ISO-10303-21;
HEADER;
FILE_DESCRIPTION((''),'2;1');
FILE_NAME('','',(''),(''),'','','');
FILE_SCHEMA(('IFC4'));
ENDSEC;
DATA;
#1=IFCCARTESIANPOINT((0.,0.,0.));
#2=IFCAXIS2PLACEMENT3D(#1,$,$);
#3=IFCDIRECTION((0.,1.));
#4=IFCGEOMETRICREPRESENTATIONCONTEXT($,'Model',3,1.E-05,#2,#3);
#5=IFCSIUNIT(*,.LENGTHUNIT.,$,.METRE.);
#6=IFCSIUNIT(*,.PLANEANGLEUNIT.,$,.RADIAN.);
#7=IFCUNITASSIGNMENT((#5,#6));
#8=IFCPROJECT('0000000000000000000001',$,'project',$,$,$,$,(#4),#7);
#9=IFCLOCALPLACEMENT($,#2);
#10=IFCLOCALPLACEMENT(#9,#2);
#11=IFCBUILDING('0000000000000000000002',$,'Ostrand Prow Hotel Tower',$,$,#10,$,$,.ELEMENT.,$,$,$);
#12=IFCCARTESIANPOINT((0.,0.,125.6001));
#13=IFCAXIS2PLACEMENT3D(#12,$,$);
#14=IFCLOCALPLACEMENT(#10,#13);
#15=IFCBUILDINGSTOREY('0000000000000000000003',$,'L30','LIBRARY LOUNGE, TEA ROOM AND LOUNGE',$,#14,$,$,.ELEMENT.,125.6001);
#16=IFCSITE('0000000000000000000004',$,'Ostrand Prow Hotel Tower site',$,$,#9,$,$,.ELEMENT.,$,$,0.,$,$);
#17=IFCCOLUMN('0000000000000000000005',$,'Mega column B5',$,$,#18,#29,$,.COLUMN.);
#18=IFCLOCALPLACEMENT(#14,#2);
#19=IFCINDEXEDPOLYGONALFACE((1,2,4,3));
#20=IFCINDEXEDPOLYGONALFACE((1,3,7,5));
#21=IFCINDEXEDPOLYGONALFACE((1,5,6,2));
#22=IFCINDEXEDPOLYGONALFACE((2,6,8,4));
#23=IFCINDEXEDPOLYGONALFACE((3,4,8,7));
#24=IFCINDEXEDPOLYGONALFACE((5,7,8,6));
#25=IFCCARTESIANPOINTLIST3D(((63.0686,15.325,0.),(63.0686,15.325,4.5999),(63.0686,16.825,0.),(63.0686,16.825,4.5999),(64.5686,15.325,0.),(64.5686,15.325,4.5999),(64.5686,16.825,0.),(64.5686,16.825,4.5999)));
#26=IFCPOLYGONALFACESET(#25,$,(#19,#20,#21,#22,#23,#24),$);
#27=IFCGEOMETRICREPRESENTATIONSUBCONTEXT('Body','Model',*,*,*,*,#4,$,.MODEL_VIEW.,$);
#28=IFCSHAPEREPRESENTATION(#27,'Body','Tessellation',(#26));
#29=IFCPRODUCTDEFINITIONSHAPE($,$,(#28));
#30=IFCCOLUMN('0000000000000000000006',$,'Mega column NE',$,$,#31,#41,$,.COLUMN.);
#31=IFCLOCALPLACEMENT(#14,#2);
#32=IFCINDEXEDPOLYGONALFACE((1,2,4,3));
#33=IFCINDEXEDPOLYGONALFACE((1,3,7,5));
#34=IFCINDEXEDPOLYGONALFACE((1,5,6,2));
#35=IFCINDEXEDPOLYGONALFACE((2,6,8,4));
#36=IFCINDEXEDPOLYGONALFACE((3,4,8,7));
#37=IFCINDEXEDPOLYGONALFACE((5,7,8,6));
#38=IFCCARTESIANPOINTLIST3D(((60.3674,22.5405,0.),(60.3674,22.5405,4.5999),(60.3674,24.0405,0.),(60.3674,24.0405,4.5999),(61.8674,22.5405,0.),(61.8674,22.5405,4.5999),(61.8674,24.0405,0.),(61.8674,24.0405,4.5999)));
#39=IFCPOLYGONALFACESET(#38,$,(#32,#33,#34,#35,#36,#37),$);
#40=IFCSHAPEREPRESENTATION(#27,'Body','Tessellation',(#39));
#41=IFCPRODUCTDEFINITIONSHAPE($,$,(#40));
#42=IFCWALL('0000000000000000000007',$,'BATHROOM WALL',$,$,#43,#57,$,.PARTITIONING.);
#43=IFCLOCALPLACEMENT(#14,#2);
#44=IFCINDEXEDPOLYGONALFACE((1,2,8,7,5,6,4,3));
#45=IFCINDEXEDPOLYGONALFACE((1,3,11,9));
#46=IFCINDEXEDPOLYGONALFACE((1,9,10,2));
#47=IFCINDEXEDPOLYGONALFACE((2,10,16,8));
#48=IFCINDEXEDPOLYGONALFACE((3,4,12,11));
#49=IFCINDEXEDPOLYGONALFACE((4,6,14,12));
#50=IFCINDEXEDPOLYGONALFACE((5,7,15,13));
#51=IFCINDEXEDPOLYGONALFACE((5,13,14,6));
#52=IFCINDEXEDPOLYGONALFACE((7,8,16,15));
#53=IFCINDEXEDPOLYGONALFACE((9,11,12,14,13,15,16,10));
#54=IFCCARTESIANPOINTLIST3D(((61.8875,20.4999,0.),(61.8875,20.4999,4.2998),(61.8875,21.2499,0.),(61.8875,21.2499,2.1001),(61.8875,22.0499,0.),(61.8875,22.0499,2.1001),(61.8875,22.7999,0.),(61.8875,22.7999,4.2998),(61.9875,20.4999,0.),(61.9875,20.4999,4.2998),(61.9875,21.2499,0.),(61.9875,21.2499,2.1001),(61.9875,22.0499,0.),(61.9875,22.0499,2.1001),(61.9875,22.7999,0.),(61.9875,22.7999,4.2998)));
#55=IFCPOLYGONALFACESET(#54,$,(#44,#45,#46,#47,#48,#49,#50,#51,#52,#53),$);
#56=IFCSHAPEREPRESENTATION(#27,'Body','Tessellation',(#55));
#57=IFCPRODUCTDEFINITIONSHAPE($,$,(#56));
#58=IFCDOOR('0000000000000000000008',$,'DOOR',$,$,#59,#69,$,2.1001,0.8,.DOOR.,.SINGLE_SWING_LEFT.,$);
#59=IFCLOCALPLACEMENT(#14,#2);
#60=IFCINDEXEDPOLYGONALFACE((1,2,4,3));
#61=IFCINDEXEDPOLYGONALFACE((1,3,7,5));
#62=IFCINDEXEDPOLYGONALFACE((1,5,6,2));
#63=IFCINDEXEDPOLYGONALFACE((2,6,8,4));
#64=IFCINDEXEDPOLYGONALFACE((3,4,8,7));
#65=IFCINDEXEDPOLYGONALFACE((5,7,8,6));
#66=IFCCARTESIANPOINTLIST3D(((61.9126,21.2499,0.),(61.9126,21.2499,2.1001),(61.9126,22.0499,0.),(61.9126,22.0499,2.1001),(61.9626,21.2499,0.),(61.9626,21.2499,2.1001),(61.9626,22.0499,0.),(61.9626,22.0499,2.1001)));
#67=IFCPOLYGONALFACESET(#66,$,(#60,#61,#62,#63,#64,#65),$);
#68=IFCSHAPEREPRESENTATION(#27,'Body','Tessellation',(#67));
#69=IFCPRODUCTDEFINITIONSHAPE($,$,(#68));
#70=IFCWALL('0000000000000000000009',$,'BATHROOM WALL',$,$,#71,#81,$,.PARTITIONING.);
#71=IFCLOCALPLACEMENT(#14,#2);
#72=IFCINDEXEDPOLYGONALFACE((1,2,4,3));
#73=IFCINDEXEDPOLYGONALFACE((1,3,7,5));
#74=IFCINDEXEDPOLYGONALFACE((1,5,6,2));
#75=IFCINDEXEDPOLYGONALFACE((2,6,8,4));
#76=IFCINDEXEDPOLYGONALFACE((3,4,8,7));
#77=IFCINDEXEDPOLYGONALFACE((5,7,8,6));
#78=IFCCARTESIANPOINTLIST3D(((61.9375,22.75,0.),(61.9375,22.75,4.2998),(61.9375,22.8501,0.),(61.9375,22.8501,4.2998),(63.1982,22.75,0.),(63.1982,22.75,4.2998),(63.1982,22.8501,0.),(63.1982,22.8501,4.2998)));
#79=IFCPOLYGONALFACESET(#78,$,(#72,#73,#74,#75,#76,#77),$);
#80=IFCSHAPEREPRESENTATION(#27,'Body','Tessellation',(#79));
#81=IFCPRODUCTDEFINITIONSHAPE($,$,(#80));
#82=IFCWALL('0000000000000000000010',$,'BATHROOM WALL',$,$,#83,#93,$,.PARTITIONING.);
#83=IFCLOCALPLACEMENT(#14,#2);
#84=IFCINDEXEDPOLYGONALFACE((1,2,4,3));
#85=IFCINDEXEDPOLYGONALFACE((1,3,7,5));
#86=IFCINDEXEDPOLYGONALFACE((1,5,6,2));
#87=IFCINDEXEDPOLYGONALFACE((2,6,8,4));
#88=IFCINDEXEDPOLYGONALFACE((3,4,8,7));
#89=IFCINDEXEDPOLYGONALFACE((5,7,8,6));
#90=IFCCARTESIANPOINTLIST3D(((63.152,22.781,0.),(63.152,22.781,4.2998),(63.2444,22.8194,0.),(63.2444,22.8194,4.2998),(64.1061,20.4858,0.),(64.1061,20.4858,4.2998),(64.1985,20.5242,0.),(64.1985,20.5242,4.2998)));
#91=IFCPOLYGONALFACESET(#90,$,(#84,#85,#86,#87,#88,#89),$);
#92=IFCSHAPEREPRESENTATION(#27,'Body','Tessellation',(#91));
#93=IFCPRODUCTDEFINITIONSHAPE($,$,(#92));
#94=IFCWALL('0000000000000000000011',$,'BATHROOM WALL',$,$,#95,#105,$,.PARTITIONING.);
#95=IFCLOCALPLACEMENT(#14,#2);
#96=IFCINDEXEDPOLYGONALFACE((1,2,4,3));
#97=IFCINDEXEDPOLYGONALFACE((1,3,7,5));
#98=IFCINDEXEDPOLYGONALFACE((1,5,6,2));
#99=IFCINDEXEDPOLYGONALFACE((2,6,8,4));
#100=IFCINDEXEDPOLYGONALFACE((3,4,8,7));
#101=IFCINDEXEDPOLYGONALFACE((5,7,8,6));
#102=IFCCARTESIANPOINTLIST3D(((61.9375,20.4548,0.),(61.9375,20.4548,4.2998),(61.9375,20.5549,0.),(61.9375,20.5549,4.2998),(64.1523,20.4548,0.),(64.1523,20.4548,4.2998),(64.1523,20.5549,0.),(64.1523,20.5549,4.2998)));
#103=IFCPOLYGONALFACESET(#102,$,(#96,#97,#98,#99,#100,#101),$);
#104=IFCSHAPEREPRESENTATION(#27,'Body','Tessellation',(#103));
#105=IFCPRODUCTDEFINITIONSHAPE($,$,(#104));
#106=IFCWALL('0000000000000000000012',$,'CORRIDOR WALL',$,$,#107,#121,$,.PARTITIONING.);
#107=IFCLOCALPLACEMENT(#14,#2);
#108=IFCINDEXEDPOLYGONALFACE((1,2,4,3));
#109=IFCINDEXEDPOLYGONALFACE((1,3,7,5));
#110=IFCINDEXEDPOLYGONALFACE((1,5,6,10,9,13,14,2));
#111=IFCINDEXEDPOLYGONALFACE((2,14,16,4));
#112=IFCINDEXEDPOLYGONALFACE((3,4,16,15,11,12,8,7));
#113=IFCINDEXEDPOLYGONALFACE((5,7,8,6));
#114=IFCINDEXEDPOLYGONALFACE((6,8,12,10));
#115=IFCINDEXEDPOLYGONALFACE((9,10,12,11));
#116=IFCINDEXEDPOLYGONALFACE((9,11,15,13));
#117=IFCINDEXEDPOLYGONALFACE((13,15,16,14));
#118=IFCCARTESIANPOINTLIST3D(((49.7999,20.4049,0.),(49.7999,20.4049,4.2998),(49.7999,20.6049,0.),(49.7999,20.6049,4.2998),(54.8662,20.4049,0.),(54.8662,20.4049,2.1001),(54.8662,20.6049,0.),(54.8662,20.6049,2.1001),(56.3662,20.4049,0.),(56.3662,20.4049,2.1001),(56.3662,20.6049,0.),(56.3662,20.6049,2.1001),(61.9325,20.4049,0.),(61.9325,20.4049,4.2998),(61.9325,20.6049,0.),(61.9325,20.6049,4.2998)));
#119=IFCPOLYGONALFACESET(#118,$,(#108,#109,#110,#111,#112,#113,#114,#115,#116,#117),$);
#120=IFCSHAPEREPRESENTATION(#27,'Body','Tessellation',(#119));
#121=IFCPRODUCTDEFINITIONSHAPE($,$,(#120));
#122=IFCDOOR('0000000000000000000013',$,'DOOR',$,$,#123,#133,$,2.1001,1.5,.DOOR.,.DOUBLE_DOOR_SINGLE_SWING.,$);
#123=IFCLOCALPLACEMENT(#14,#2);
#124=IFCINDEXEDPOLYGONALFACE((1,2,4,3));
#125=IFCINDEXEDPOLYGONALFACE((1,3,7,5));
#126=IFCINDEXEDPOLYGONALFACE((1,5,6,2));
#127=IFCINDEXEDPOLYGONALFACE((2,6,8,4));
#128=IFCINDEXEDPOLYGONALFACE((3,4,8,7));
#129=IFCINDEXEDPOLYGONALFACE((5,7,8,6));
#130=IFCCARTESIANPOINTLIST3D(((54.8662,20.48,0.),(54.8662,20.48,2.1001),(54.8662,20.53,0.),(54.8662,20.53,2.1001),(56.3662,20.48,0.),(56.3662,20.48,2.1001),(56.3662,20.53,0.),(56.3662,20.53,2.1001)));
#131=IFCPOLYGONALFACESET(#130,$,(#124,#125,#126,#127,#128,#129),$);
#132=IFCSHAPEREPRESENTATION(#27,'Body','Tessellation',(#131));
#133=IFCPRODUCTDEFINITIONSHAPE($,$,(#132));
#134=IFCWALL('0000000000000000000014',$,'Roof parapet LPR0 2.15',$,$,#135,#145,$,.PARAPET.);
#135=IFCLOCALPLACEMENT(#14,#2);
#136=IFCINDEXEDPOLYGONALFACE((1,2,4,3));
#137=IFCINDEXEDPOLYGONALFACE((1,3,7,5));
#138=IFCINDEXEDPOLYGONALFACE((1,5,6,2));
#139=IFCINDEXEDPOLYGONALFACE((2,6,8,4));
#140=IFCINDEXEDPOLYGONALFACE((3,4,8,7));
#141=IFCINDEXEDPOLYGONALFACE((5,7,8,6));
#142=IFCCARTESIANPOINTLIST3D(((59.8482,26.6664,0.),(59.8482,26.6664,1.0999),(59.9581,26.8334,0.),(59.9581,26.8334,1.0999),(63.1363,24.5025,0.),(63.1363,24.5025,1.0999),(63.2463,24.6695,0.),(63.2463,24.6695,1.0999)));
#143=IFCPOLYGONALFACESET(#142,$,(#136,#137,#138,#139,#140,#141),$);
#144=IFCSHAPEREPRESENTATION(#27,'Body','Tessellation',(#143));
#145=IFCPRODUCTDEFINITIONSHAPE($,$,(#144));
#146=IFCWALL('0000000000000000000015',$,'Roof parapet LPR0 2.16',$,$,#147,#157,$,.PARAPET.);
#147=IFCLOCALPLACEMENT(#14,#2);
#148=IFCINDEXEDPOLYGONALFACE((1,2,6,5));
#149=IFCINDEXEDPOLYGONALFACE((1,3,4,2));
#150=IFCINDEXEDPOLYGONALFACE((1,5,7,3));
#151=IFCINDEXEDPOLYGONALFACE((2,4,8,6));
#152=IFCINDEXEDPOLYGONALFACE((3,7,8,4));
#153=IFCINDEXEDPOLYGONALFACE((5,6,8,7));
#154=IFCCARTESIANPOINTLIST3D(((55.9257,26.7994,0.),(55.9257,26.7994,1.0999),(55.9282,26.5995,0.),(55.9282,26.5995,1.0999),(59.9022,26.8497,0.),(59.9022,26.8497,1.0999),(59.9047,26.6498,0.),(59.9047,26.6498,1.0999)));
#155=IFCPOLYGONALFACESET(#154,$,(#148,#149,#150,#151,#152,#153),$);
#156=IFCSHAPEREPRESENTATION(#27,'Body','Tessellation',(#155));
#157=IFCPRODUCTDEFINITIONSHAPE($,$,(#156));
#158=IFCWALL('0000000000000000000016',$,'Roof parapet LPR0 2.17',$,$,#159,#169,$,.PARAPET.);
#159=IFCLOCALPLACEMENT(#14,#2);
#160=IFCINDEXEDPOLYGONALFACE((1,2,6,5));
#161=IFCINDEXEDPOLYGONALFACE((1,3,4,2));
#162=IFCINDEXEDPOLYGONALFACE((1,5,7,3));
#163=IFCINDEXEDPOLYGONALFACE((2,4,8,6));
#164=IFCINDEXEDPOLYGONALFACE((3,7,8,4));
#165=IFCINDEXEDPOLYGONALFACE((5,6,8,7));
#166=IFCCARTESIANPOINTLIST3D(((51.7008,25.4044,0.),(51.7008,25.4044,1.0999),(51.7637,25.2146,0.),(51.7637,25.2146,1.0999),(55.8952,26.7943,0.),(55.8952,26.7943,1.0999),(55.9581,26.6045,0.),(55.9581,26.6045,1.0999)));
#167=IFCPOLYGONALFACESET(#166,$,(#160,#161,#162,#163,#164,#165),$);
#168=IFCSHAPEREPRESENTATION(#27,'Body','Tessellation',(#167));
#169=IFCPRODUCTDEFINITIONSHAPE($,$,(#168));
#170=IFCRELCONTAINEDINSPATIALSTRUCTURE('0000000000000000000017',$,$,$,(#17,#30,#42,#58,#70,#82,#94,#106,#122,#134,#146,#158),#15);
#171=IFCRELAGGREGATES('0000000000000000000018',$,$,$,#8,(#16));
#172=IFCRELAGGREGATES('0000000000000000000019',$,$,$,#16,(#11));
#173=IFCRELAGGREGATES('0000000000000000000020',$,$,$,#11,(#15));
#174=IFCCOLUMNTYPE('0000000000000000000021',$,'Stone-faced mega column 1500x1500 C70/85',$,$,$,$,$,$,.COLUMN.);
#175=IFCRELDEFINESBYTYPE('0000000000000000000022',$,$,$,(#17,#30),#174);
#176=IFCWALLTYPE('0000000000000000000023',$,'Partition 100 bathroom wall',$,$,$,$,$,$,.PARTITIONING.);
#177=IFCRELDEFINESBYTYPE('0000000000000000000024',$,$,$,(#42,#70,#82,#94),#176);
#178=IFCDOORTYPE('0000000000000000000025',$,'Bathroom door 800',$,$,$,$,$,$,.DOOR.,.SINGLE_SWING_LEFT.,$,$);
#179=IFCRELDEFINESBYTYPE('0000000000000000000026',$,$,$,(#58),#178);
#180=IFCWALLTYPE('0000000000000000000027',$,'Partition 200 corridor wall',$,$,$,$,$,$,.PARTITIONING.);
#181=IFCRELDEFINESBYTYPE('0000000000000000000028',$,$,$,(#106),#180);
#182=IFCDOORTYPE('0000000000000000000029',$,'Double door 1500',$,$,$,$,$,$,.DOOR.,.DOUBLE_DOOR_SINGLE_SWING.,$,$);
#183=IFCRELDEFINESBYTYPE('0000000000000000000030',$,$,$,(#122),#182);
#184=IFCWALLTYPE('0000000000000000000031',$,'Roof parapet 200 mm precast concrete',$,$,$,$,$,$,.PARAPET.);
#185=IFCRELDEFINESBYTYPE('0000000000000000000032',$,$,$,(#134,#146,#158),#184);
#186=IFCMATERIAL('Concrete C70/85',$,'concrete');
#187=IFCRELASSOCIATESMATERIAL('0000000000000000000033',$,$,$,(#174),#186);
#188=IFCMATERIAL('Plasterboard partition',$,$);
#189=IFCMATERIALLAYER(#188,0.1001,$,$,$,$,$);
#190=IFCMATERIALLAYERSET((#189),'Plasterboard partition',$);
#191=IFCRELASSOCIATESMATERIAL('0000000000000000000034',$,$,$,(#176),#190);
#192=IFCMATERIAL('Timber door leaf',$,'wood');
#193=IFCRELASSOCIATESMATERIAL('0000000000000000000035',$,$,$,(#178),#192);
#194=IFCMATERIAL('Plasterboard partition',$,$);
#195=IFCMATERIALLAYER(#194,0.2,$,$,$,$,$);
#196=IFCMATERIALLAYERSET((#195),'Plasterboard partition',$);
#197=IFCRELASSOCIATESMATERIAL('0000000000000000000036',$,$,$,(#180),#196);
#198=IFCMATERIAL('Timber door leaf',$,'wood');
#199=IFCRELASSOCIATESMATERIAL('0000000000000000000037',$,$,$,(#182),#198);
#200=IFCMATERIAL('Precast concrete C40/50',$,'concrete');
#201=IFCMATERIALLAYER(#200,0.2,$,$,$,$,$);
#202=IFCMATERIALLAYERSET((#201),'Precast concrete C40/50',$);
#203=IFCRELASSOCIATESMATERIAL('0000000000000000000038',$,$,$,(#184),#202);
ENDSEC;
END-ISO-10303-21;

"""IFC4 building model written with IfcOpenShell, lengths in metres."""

from ifc_helpers import new_model, si_unit, direction, frame, frame_2d, origin, origin_2d, place, context, subcontext, project, spatial, rectangle, extrude, material, layer, layer_set, material_profile, profile_set, type_object, element, fill, save


model = new_model("IFC4")

# Units and contexts
model_context = context("Model", 3, precision=1e-05, world=origin(), true_north=direction((0.0, 1.0)))
body_context = subcontext(model_context, "Body", "Model", "MODEL_VIEW")
ifc_project = project(units=[si_unit("LENGTHUNIT", "METRE"), si_unit("PLANEANGLEUNIT", "RADIAN")], contexts=[model_context])

# Site, building, storey
site_placement = place(None, origin())
site = spatial("IfcSite", under=ifc_project, at=site_placement, Name="Ostrand Prow Hotel Tower site", CompositionType="ELEMENT", RefElevation=0.0)
building_placement = place(site_placement, origin())
building = spatial("IfcBuilding", under=site, at=building_placement, Name="Ostrand Prow Hotel Tower", CompositionType="ELEMENT")
storey_placement = place(building_placement, frame((0.0, 0.0, 125.6001)))
storey = spatial("IfcBuildingStorey", under=building, at=storey_placement, Name="L30", Description="LIBRARY LOUNGE, TEA ROOM AND LOUNGE", CompositionType="ELEMENT", Elevation=125.6001)

# Columns
ifc_material_1 = material(Name="Concrete C70/85", Category="concrete")
ifc_material_profile = material_profile(ifc_material_1, rectangle(XDim=1.5, YDim=1.5, at=origin_2d()), Name="RC 1500x1500")
ifc_profile_set = profile_set([ifc_material_profile], Name="Concrete C70/85")
column_type = type_object("IfcColumnType", Name="Stone-faced mega column 1500x1500 C70/85", PredefinedType="COLUMN", material=ifc_profile_set)
for number, where, z_axis, x_axis, name in (
    (1, (63.8186, 16.075, 0.0), (0.0, 0.0, 1.0), (1.0, 0.0, 0.0), "Mega column B5"),
    (2, (61.1174, 23.2905, 0.0), (0.0, 0.0, 1.0), (1.0, 0.0, 0.0), "Mega column NE"),
):
    element("IfcColumn", number, at=place(storey_placement, frame(where, z_axis=z_axis, x_axis=x_axis)), inside=storey, type_object=column_type, Name=name, PredefinedType="COLUMN", context=body_context, shape_type="SweptSolid", body=[
        extrude(rectangle(XDim=1.5, YDim=1.5, at=origin_2d()), origin(), (0.0, 0.0, 1.0), 4.5999),
    ])

# Wall, opening, door
ifc_material_2 = material(Name="Plasterboard partition")
ifc_layer_1 = layer(ifc_material_2, 0.1001)
ifc_layer_set_1 = layer_set([ifc_layer_1], Name="Plasterboard partition")
wall_type_1 = type_object("IfcWallType", Name="Partition 100 bathroom wall", PredefinedType="PARTITIONING", material=ifc_layer_set_1)
wall_1_placement = place(storey_placement, frame((61.9375, 20.5, 0.0), z_axis=(0.0, 0.0, 1.0), x_axis=(0.0, 1.0, 0.0)))
wall_1 = element("IfcWall", 3, at=wall_1_placement, inside=storey, type_object=wall_type_1, Name="BATHROOM WALL", PredefinedType="PARTITIONING", context=body_context, shape_type="SweptSolid", body=[
    extrude(rectangle(XDim=2.3, YDim=0.1001, at=frame_2d((1.1499, 0.0))), origin(), (0.0, 0.0, 1.0), 4.2998),
])
opening_1_placement = place(wall_1_placement, frame((0.75, 0.0, 0.0)))
opening_1 = element("IfcOpeningElement", 4, at=opening_1_placement, cuts=wall_1, PredefinedType="OPENING", context=body_context, shape_type="SweptSolid", body=[
    extrude(rectangle(XDim=0.8, YDim=2.1001, at=frame_2d((0.3999, 1.05))), frame((0.0, 0.0601, 0.0), z_axis=(0.0, -1.0, 0.0), x_axis=(1.0, 0.0, 0.0)), (0.0, 0.0, 1.0), 0.1201),
])
ifc_material_3 = material(Name="Timber door leaf", Category="wood")
door_type_1 = type_object("IfcDoorType", Name="Bathroom door 800", OperationType="SINGLE_SWING_LEFT", PredefinedType="DOOR", material=ifc_material_3)
door_1_placement = place(opening_1_placement, origin())
door_1 = element("IfcDoor", 5, at=door_1_placement, inside=storey, type_object=door_type_1, Name="DOOR", OperationType="SINGLE_SWING_LEFT", OverallHeight=2.1001, OverallWidth=0.8, PredefinedType="DOOR", context=body_context, shape_type="SweptSolid", body=[
    extrude(rectangle(XDim=0.8, YDim=2.1001, at=frame_2d((0.3999, 1.05))), frame((0.0, 0.0249, 0.0), z_axis=(0.0, -1.0, 0.0), x_axis=(1.0, 0.0, 0.0)), (0.0, 0.0, 1.0), 0.05),
])
fill(opening_1, door_1)

# Walls
wall_2_placement = place(storey_placement, frame((61.9375, 22.8, 0.0), z_axis=(0.0, 0.0, 1.0), x_axis=(1.0, 0.0, 0.0)))
element("IfcWall", 6, at=wall_2_placement, inside=storey, type_object=wall_type_1, Name="BATHROOM WALL", PredefinedType="PARTITIONING", context=body_context, shape_type="SweptSolid", body=[
    extrude(rectangle(XDim=1.2607, YDim=0.1001, at=frame_2d((0.6304, 0.0))), origin(), (0.0, 0.0, 1.0), 4.2998),
])
wall_3_placement = place(storey_placement, frame((63.1982, 22.8, 0.0), z_axis=(0.0, 0.0, 1.0), x_axis=(0.383855, -0.923393, 0.0)))
element("IfcWall", 7, at=wall_3_placement, inside=storey, type_object=wall_type_1, Name="BATHROOM WALL", PredefinedType="PARTITIONING", context=body_context, shape_type="SweptSolid", body=[
    extrude(rectangle(XDim=2.4856, YDim=0.1001, at=frame_2d((1.2427, 0.0))), origin(), (0.0, 0.0, 1.0), 4.2998),
])
wall_4_placement = place(storey_placement, frame((64.1523, 20.5049, 0.0), z_axis=(0.0, 0.0, 1.0), x_axis=(-1.0, 0.0, 0.0)))
element("IfcWall", 8, at=wall_4_placement, inside=storey, type_object=wall_type_1, Name="BATHROOM WALL", PredefinedType="PARTITIONING", context=body_context, shape_type="SweptSolid", body=[
    extrude(rectangle(XDim=2.2148, YDim=0.1001, at=frame_2d((1.1074, 0.0))), origin(), (0.0, 0.0, 1.0), 4.2998),
])

# Wall, opening, door
ifc_material_4 = material(Name="Plasterboard partition")
ifc_layer_2 = layer(ifc_material_4, 0.2)
ifc_layer_set_2 = layer_set([ifc_layer_2], Name="Plasterboard partition")
wall_type_2 = type_object("IfcWallType", Name="Partition 200 corridor wall", PredefinedType="PARTITIONING", material=ifc_layer_set_2)
wall_5_placement = place(storey_placement, frame((61.9326, 20.5049, 0.0), z_axis=(0.0, 0.0, 1.0), x_axis=(-1.0, 0.0, 0.0)))
wall_5 = element("IfcWall", 9, at=wall_5_placement, inside=storey, type_object=wall_type_2, Name="CORRIDOR WALL", PredefinedType="PARTITIONING", context=body_context, shape_type="SweptSolid", body=[
    extrude(rectangle(XDim=12.1326, YDim=0.2, at=frame_2d((6.0664, 0.0))), origin(), (0.0, 0.0, 1.0), 4.2998),
])
opening_2_placement = place(wall_5_placement, frame((5.5664, 0.0, 0.0)))
opening_2 = element("IfcOpeningElement", 10, at=opening_2_placement, cuts=wall_5, PredefinedType="OPENING", context=body_context, shape_type="SweptSolid", body=[
    extrude(rectangle(XDim=1.5, YDim=2.1001, at=frame_2d((0.75, 1.05))), frame((0.0, 0.1099, 0.0), z_axis=(0.0, -1.0, 0.0), x_axis=(1.0, 0.0, 0.0)), (0.0, 0.0, 1.0), 0.22),
])
ifc_material_5 = material(Name="Timber door leaf", Category="wood")
door_type_2 = type_object("IfcDoorType", Name="Double door 1500", OperationType="DOUBLE_DOOR_SINGLE_SWING", PredefinedType="DOOR", material=ifc_material_5)
door_2_placement = place(opening_2_placement, origin())
door_2 = element("IfcDoor", 11, at=door_2_placement, inside=storey, type_object=door_type_2, Name="DOOR", OperationType="DOUBLE_DOOR_SINGLE_SWING", OverallHeight=2.1001, OverallWidth=1.5, PredefinedType="DOOR", context=body_context, shape_type="SweptSolid", body=[
    extrude(rectangle(XDim=1.5, YDim=2.1001, at=frame_2d((0.75, 1.05))), frame((0.0, 0.0249, 0.0), z_axis=(0.0, -1.0, 0.0), x_axis=(1.0, 0.0, 0.0)), (0.0, 0.0, 1.0), 0.05),
])
fill(opening_2, door_2)

# Walls
ifc_material_6 = material(Name="Precast concrete C40/50", Category="concrete")
ifc_layer_3 = layer(ifc_material_6, 0.2)
ifc_layer_set_3 = layer_set([ifc_layer_3], Name="Precast concrete C40/50")
wall_type_3 = type_object("IfcWallType", Name="Roof parapet 200 mm precast concrete", PredefinedType="PARAPET", material=ifc_layer_set_3)
wall_6_placement = place(storey_placement, frame((63.1914, 24.5859, 0.0), z_axis=(0.0, 0.0, 1.0), x_axis=(-0.835347, 0.549724, 0.0)))
element("IfcWall", 12, at=wall_6_placement, inside=storey, type_object=wall_type_3, Name="Roof parapet LPR0 2.15", PredefinedType="PARAPET", context=body_context, shape_type="SweptSolid", body=[
    extrude(rectangle(XDim=3.9363, YDim=0.2, at=frame_2d((1.9683, 0.0))), origin(), (0.0, 0.0, 1.0), 1.0999),
])
wall_7_placement = place(storey_placement, frame((59.9033, 26.7498, 0.0), z_axis=(0.0, 0.0, 1.0), x_axis=(-0.99992, -0.012646, 0.0)))
element("IfcWall", 13, at=wall_7_placement, inside=storey, type_object=wall_type_3, Name="Roof parapet LPR0 2.16", PredefinedType="PARAPET", context=body_context, shape_type="SweptSolid", body=[
    extrude(rectangle(XDim=3.9768, YDim=0.2, at=frame_2d((1.9883, 0.0))), origin(), (0.0, 0.0, 1.0), 1.0999),
])
wall_8_placement = place(storey_placement, frame((55.9268, 26.6995, 0.0), z_axis=(0.0, 0.0, 1.0), x_axis=(-0.94924, -0.314553, 0.0)))
element("IfcWall", 14, at=wall_8_placement, inside=storey, type_object=wall_type_3, Name="Roof parapet LPR0 2.17", PredefinedType="PARAPET", context=body_context, shape_type="SweptSolid", body=[
    extrude(rectangle(XDim=4.4187, YDim=0.2, at=frame_2d((2.2095, 0.0))), origin(), (0.0, 0.0, 1.0), 1.0999),
])

save(model, "model.ifc")
